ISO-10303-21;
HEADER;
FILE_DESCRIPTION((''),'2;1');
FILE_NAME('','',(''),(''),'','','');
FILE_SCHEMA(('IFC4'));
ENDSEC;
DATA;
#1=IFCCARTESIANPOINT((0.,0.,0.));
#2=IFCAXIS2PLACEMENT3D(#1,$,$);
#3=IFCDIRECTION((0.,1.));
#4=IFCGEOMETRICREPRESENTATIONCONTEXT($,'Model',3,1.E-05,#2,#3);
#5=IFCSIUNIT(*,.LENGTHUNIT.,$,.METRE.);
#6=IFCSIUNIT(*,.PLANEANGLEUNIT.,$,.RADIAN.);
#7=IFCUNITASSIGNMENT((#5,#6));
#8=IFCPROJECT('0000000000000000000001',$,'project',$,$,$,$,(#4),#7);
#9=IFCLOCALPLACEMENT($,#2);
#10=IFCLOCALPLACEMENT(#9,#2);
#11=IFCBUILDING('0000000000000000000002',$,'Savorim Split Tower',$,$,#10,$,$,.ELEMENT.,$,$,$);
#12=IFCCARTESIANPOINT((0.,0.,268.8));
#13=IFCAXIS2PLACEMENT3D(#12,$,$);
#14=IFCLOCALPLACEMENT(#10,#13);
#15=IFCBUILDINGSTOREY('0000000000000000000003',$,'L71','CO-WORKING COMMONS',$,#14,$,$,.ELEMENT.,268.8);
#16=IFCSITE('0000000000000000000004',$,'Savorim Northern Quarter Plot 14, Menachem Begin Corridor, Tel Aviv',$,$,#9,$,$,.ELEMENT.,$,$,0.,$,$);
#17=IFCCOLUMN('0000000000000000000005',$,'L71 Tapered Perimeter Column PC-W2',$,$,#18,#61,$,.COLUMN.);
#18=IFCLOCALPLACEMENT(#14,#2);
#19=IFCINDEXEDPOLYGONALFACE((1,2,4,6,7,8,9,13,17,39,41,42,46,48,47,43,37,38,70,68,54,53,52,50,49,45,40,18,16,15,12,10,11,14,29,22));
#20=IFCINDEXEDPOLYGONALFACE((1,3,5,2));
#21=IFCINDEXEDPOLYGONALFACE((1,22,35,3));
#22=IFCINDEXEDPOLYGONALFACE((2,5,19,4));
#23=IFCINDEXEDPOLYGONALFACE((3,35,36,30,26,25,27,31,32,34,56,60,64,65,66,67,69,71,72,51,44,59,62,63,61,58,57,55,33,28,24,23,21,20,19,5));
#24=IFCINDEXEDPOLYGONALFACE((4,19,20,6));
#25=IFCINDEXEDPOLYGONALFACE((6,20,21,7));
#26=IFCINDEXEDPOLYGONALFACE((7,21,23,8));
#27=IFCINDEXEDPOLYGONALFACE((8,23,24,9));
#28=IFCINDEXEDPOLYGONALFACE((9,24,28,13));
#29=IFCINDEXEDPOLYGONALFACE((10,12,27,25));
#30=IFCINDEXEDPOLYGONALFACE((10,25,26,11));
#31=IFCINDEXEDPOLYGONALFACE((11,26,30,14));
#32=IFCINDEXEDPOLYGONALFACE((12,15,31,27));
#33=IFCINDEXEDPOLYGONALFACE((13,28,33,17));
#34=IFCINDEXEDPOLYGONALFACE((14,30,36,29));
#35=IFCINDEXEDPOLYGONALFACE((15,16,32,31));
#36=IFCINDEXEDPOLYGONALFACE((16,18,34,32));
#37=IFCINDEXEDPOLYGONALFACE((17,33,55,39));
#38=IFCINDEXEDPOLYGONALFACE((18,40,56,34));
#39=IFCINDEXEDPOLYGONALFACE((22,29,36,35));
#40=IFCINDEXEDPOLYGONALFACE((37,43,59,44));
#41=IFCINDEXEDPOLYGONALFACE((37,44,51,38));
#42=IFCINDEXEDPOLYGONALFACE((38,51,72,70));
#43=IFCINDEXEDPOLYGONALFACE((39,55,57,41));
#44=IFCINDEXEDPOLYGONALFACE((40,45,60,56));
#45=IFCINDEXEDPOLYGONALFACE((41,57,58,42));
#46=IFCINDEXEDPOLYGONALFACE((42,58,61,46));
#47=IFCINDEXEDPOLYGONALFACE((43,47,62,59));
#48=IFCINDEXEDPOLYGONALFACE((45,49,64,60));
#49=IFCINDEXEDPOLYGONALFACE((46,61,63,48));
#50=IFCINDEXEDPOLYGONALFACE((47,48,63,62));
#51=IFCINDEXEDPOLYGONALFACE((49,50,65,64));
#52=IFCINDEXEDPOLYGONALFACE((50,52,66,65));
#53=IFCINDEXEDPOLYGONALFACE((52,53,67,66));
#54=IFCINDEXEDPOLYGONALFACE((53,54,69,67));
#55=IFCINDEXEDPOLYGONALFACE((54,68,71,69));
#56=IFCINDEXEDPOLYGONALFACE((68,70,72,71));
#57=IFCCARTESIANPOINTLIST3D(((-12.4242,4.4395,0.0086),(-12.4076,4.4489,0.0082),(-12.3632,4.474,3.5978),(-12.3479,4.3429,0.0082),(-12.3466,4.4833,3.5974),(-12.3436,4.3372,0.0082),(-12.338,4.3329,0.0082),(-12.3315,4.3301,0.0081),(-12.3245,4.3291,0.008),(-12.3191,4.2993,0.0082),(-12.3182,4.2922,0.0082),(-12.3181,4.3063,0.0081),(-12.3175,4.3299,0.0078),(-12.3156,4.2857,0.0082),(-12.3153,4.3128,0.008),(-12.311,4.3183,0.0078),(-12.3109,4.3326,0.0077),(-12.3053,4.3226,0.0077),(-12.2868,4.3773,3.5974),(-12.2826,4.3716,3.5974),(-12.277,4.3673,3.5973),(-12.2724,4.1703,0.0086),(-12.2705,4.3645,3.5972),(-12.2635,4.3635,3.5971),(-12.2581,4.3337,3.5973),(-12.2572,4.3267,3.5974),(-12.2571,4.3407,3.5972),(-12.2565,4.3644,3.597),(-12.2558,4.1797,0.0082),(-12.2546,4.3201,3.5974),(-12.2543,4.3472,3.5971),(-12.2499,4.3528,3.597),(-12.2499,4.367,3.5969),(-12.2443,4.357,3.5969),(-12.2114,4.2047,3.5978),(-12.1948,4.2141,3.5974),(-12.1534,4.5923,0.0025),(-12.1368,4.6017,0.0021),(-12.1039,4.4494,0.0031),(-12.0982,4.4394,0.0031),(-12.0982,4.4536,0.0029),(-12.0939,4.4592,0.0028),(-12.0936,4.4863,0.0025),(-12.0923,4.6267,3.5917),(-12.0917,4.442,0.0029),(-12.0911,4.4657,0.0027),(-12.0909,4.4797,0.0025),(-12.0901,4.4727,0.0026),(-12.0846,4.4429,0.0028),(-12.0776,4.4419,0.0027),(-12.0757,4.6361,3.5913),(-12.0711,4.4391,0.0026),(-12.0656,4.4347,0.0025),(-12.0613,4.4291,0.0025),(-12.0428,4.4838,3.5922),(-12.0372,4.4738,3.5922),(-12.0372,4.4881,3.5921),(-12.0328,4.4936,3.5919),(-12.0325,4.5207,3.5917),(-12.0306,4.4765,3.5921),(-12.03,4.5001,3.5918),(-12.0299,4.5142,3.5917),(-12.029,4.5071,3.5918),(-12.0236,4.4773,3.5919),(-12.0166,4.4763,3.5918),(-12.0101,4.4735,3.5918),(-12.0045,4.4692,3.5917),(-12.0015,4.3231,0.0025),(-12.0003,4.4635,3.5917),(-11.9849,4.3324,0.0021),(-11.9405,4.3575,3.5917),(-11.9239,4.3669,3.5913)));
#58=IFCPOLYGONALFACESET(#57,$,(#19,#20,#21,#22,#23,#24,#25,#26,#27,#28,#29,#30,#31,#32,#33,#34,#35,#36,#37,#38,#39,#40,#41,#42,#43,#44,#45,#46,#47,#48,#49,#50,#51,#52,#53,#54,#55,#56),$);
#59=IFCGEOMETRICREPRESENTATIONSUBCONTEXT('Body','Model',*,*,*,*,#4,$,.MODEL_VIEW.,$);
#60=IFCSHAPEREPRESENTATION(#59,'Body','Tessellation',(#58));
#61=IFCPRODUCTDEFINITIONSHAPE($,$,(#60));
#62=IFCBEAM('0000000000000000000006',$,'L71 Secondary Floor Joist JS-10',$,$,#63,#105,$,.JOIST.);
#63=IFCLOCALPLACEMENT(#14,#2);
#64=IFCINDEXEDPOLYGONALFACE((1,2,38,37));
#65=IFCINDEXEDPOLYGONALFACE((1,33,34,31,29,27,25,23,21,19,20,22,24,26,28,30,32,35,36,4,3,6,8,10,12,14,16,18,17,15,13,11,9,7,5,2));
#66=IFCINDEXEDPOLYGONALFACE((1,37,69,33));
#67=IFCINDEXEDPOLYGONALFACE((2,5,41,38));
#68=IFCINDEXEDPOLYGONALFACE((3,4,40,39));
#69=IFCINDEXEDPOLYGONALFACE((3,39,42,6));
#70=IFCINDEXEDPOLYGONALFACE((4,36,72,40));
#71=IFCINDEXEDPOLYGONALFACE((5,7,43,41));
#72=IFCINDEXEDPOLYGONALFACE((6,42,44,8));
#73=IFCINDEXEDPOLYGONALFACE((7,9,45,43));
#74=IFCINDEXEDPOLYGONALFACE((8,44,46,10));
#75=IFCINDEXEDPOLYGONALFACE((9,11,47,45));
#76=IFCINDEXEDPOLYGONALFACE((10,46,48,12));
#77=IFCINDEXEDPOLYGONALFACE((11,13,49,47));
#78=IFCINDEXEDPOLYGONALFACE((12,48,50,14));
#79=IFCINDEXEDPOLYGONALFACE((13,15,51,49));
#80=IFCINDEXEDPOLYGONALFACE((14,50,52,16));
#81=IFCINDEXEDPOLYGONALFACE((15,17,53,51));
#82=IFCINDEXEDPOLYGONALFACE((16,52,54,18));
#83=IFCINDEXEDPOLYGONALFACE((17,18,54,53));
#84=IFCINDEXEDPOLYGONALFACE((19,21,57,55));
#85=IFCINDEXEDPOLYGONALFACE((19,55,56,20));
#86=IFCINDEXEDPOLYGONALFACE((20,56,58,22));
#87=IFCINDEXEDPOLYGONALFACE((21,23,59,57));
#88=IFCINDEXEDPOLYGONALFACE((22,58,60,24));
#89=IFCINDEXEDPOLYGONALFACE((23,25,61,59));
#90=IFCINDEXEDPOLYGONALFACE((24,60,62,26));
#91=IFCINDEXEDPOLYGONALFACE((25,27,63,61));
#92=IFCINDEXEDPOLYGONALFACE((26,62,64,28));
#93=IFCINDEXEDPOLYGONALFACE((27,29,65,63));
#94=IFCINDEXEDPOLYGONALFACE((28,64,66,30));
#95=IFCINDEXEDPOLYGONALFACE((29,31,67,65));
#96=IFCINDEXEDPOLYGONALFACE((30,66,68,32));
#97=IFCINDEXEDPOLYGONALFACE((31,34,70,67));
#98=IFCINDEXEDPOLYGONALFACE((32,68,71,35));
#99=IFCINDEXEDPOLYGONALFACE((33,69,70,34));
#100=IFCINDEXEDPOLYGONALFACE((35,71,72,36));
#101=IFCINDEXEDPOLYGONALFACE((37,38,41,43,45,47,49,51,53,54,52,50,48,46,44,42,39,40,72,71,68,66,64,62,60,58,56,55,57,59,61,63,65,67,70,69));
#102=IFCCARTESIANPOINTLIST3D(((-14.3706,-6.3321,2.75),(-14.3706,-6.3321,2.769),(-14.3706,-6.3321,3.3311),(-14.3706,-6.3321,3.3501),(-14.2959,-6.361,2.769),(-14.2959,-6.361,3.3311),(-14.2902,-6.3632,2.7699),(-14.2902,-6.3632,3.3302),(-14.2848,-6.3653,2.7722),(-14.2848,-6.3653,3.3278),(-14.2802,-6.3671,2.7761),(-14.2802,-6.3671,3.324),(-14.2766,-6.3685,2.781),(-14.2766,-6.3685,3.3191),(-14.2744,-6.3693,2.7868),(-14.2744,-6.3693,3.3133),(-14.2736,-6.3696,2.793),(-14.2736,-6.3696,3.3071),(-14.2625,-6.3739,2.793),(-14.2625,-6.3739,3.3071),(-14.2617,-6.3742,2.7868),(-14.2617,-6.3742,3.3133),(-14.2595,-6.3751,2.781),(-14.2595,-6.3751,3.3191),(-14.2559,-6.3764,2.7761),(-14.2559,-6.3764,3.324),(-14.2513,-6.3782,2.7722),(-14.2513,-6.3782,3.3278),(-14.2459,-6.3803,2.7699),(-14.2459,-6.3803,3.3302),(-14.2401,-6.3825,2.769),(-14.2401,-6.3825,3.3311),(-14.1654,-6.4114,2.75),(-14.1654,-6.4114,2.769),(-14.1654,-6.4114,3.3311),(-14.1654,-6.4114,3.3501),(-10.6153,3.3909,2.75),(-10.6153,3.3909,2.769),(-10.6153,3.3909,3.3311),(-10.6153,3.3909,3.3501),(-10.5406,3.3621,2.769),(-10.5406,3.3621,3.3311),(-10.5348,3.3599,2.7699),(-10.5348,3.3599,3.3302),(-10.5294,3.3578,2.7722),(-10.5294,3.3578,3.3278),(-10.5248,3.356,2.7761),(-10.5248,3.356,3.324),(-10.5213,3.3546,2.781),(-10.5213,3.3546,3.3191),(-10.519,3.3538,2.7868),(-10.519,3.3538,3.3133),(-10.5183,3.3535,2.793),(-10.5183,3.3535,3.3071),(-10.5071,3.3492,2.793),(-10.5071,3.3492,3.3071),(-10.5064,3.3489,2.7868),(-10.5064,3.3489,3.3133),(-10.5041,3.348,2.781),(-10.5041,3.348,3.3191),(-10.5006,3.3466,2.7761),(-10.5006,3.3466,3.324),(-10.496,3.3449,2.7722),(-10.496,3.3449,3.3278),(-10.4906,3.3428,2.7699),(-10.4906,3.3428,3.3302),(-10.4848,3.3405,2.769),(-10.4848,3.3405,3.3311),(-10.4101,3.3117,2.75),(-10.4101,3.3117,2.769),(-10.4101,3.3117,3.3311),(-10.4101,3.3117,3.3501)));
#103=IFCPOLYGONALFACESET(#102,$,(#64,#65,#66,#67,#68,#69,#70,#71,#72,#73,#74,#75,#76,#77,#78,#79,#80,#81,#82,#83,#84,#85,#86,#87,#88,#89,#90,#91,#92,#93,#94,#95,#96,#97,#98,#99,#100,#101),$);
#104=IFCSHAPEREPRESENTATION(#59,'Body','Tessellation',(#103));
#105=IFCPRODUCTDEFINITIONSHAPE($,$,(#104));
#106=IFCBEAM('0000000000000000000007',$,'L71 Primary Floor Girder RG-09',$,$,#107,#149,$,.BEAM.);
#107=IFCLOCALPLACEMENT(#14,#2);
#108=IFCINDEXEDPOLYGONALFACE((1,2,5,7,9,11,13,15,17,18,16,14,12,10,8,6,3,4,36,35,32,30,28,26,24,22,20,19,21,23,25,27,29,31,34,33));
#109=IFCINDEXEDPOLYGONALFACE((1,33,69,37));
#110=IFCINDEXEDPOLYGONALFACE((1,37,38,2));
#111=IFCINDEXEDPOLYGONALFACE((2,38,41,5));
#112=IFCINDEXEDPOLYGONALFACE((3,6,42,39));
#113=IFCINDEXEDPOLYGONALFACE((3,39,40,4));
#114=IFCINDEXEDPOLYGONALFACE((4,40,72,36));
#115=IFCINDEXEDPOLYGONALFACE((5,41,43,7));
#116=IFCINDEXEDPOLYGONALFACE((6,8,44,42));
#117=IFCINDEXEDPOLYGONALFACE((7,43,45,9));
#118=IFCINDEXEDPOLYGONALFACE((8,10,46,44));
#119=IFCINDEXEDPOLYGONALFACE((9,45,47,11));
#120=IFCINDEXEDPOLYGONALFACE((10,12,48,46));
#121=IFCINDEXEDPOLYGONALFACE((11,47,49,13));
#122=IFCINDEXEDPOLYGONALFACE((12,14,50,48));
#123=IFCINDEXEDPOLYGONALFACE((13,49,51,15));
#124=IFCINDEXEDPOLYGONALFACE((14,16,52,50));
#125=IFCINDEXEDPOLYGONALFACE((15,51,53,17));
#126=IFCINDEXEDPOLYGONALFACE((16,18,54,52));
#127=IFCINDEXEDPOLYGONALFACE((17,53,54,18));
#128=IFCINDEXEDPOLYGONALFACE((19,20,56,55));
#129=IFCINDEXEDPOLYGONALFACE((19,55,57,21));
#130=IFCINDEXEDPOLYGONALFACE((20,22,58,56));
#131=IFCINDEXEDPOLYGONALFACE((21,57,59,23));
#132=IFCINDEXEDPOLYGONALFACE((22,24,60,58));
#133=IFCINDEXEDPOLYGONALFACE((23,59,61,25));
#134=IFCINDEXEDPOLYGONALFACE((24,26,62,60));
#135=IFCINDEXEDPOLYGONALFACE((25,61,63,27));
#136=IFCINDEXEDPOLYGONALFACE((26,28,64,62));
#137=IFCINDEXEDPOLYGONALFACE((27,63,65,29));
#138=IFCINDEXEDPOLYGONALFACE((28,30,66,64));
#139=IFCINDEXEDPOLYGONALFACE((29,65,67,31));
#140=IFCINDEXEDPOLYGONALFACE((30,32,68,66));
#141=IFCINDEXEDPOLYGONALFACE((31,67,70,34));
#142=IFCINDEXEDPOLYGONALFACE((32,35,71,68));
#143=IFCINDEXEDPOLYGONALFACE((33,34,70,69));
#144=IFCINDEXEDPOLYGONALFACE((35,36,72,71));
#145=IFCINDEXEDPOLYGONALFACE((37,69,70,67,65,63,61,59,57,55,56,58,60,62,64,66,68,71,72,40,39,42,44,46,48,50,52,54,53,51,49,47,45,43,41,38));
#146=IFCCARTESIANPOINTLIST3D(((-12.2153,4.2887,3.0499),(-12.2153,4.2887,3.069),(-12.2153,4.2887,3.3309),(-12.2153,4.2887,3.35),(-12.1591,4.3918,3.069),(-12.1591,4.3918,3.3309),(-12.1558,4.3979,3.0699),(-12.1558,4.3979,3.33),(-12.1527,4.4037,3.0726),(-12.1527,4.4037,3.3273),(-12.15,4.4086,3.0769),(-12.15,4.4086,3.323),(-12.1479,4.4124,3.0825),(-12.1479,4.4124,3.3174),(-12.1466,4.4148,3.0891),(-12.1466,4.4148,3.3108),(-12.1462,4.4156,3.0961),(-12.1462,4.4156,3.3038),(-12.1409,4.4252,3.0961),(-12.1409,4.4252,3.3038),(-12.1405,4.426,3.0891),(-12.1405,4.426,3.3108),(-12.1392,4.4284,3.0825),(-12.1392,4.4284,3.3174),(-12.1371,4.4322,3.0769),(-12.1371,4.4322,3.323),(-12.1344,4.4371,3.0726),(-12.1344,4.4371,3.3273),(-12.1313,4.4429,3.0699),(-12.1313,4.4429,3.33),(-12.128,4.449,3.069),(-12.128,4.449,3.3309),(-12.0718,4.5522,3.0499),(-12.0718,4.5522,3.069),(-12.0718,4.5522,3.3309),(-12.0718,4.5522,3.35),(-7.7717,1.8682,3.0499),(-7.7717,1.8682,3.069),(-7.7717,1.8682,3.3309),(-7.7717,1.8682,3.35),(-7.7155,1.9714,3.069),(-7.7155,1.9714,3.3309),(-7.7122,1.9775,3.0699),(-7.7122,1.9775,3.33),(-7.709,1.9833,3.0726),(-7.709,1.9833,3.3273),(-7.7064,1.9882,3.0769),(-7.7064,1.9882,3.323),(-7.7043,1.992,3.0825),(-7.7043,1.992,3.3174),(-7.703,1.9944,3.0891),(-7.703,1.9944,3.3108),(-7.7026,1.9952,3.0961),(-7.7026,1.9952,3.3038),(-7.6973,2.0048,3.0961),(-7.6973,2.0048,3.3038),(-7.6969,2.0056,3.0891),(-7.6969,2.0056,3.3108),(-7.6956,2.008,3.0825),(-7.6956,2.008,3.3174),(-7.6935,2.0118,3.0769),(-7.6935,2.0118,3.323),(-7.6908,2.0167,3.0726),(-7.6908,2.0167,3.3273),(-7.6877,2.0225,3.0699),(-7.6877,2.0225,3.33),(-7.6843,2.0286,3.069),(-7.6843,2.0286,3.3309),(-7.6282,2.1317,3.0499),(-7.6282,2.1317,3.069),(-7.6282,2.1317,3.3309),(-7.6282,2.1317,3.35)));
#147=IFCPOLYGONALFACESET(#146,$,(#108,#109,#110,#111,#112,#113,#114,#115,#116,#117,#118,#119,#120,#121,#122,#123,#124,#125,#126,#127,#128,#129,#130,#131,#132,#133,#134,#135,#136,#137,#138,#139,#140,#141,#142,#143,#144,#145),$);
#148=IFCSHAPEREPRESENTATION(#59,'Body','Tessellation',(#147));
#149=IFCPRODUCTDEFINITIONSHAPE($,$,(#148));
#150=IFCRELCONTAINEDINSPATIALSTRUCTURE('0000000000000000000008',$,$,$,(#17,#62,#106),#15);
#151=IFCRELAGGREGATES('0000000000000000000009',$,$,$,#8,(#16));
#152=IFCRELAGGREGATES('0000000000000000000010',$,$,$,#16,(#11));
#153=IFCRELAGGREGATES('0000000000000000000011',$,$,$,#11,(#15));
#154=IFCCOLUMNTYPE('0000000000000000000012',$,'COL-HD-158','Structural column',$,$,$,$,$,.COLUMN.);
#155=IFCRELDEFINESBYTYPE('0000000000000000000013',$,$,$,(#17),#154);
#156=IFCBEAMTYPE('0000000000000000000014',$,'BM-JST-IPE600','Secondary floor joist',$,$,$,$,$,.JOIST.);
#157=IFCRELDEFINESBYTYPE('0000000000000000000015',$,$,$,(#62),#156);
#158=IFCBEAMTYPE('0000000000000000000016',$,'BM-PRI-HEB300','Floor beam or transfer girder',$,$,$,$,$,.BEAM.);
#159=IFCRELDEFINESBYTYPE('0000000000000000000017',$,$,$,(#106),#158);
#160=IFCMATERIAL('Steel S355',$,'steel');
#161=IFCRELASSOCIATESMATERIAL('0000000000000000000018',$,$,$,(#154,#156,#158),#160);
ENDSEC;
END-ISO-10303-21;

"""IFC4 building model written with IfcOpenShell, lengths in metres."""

from ifc_helpers import new_model, si_unit, direction, frame, origin, origin_2d, place, context, subcontext, project, spatial, i_section, extrude, material, material_profile, profile_set, type_object, element, save


model = new_model("IFC4")

# Units and contexts
model_context = context("Model", 3, precision=1e-05, world=origin(), true_north=direction((0.0, 1.0)))
body_context = subcontext(model_context, "Body", "Model", "MODEL_VIEW")
ifc_project = project(units=[si_unit("LENGTHUNIT", "METRE"), si_unit("PLANEANGLEUNIT", "RADIAN")], contexts=[model_context])

# Site, building, storey
site_placement = place(None, origin())
site = spatial("IfcSite", under=ifc_project, at=site_placement, Name="Savorim Northern Quarter Plot 14, Menachem Begin Corridor, Tel Aviv", CompositionType="ELEMENT", RefElevation=0.0)
building_placement = place(site_placement, origin())
building = spatial("IfcBuilding", under=site, at=building_placement, Name="Savorim Split Tower", CompositionType="ELEMENT")
storey_placement = place(building_placement, frame((0.0, 0.0, 268.8)))
storey = spatial("IfcBuildingStorey", under=building, at=storey_placement, Name="L71", Description="CO-WORKING COMMONS", CompositionType="ELEMENT", Elevation=268.8)

# Column
ifc_material_1 = material(Name="Steel S355", Category="steel")
ifc_material_profile_1 = material_profile(ifc_material_1, i_section(OverallWidth=0.3091, OverallDepth=0.3301, WebThickness=0.0115, FlangeThickness=0.019, FilletRadius=0.0271, at=origin_2d()), Name="HD 320x158")
ifc_profile_set_1 = profile_set([ifc_material_profile_1], Name="Steel S355")
column_type = type_object("IfcColumnType", Name="COL-HD-158", Description="Structural column", PredefinedType="COLUMN", material=ifc_profile_set_1)
column_placement = place(storey_placement, frame((-12.2046, 4.386, 0.0054), z_axis=(0.017002, 0.009589, 0.999809), x_axis=(-0.491253, 0.871017, 0.0)))
element("IfcColumn", 1, at=column_placement, inside=storey, type_object=column_type, Name="L71 Tapered Perimeter Column PC-W2", PredefinedType="COLUMN", context=body_context, shape_type="SweptSolid", body=[
    extrude(i_section(OverallWidth=0.3091, OverallDepth=0.3301, WebThickness=0.0115, FlangeThickness=0.019, FilletRadius=0.0271, at=origin_2d()), origin(), (0.0, 0.0, 1.0), 3.5898),
])

# Beams
ifc_material_profile_2 = material_profile(ifc_material_1, i_section(OverallWidth=0.22, OverallDepth=0.6001, WebThickness=0.012, FlangeThickness=0.019, FilletRadius=0.0239, at=origin_2d()), Name="IPE 600")
ifc_profile_set_2 = profile_set([ifc_material_profile_2], Name="Steel S355")
beam_type_1 = type_object("IfcBeamType", Name="BM-JST-IPE600", Description="Secondary floor joist", PredefinedType="JOIST", material=ifc_profile_set_2)
beam_1_placement = place(storey_placement, frame((-10.5127, 3.3513, 3.05), z_axis=(-0.360291, -0.93284, 0.0), x_axis=(0.93284, -0.360291, 0.0)))
element("IfcBeam", 2, at=beam_1_placement, inside=storey, type_object=beam_type_1, Name="L71 Secondary Floor Joist JS-10", PredefinedType="JOIST", context=body_context, shape_type="SweptSolid", body=[
    extrude(i_section(OverallWidth=0.22, OverallDepth=0.6001, WebThickness=0.012, FlangeThickness=0.019, FilletRadius=0.0239, at=origin_2d()), origin(), (0.0, 0.0, 1.0), 10.4231),
])
ifc_material_profile_3 = material_profile(ifc_material_1, i_section(OverallWidth=0.3, OverallDepth=0.3, WebThickness=0.011, FlangeThickness=0.019, FilletRadius=0.0271, at=origin_2d()), Name="HEB 300")
ifc_profile_set_3 = profile_set([ifc_material_profile_3], Name="Steel S355")
beam_type_2 = type_object("IfcBeamType", Name="BM-PRI-HEB300", Description="Floor beam or transfer girder", PredefinedType="BEAM", material=ifc_profile_set_3)
beam_2_placement = place(storey_placement, frame((-12.1436, 4.4204, 3.2), z_axis=(0.878176, -0.478338, 0.0), x_axis=(0.478338, 0.878176, 0.0)))
element("IfcBeam", 3, at=beam_2_placement, inside=storey, type_object=beam_type_2, Name="L71 Primary Floor Girder RG-09", PredefinedType="BEAM", context=body_context, shape_type="SweptSolid", body=[
    extrude(i_section(OverallWidth=0.3, OverallDepth=0.3, WebThickness=0.011, FlangeThickness=0.019, FilletRadius=0.0271, at=origin_2d()), origin(), (0.0, 0.0, 1.0), 5.0601),
])

save(model, "model.ifc")
